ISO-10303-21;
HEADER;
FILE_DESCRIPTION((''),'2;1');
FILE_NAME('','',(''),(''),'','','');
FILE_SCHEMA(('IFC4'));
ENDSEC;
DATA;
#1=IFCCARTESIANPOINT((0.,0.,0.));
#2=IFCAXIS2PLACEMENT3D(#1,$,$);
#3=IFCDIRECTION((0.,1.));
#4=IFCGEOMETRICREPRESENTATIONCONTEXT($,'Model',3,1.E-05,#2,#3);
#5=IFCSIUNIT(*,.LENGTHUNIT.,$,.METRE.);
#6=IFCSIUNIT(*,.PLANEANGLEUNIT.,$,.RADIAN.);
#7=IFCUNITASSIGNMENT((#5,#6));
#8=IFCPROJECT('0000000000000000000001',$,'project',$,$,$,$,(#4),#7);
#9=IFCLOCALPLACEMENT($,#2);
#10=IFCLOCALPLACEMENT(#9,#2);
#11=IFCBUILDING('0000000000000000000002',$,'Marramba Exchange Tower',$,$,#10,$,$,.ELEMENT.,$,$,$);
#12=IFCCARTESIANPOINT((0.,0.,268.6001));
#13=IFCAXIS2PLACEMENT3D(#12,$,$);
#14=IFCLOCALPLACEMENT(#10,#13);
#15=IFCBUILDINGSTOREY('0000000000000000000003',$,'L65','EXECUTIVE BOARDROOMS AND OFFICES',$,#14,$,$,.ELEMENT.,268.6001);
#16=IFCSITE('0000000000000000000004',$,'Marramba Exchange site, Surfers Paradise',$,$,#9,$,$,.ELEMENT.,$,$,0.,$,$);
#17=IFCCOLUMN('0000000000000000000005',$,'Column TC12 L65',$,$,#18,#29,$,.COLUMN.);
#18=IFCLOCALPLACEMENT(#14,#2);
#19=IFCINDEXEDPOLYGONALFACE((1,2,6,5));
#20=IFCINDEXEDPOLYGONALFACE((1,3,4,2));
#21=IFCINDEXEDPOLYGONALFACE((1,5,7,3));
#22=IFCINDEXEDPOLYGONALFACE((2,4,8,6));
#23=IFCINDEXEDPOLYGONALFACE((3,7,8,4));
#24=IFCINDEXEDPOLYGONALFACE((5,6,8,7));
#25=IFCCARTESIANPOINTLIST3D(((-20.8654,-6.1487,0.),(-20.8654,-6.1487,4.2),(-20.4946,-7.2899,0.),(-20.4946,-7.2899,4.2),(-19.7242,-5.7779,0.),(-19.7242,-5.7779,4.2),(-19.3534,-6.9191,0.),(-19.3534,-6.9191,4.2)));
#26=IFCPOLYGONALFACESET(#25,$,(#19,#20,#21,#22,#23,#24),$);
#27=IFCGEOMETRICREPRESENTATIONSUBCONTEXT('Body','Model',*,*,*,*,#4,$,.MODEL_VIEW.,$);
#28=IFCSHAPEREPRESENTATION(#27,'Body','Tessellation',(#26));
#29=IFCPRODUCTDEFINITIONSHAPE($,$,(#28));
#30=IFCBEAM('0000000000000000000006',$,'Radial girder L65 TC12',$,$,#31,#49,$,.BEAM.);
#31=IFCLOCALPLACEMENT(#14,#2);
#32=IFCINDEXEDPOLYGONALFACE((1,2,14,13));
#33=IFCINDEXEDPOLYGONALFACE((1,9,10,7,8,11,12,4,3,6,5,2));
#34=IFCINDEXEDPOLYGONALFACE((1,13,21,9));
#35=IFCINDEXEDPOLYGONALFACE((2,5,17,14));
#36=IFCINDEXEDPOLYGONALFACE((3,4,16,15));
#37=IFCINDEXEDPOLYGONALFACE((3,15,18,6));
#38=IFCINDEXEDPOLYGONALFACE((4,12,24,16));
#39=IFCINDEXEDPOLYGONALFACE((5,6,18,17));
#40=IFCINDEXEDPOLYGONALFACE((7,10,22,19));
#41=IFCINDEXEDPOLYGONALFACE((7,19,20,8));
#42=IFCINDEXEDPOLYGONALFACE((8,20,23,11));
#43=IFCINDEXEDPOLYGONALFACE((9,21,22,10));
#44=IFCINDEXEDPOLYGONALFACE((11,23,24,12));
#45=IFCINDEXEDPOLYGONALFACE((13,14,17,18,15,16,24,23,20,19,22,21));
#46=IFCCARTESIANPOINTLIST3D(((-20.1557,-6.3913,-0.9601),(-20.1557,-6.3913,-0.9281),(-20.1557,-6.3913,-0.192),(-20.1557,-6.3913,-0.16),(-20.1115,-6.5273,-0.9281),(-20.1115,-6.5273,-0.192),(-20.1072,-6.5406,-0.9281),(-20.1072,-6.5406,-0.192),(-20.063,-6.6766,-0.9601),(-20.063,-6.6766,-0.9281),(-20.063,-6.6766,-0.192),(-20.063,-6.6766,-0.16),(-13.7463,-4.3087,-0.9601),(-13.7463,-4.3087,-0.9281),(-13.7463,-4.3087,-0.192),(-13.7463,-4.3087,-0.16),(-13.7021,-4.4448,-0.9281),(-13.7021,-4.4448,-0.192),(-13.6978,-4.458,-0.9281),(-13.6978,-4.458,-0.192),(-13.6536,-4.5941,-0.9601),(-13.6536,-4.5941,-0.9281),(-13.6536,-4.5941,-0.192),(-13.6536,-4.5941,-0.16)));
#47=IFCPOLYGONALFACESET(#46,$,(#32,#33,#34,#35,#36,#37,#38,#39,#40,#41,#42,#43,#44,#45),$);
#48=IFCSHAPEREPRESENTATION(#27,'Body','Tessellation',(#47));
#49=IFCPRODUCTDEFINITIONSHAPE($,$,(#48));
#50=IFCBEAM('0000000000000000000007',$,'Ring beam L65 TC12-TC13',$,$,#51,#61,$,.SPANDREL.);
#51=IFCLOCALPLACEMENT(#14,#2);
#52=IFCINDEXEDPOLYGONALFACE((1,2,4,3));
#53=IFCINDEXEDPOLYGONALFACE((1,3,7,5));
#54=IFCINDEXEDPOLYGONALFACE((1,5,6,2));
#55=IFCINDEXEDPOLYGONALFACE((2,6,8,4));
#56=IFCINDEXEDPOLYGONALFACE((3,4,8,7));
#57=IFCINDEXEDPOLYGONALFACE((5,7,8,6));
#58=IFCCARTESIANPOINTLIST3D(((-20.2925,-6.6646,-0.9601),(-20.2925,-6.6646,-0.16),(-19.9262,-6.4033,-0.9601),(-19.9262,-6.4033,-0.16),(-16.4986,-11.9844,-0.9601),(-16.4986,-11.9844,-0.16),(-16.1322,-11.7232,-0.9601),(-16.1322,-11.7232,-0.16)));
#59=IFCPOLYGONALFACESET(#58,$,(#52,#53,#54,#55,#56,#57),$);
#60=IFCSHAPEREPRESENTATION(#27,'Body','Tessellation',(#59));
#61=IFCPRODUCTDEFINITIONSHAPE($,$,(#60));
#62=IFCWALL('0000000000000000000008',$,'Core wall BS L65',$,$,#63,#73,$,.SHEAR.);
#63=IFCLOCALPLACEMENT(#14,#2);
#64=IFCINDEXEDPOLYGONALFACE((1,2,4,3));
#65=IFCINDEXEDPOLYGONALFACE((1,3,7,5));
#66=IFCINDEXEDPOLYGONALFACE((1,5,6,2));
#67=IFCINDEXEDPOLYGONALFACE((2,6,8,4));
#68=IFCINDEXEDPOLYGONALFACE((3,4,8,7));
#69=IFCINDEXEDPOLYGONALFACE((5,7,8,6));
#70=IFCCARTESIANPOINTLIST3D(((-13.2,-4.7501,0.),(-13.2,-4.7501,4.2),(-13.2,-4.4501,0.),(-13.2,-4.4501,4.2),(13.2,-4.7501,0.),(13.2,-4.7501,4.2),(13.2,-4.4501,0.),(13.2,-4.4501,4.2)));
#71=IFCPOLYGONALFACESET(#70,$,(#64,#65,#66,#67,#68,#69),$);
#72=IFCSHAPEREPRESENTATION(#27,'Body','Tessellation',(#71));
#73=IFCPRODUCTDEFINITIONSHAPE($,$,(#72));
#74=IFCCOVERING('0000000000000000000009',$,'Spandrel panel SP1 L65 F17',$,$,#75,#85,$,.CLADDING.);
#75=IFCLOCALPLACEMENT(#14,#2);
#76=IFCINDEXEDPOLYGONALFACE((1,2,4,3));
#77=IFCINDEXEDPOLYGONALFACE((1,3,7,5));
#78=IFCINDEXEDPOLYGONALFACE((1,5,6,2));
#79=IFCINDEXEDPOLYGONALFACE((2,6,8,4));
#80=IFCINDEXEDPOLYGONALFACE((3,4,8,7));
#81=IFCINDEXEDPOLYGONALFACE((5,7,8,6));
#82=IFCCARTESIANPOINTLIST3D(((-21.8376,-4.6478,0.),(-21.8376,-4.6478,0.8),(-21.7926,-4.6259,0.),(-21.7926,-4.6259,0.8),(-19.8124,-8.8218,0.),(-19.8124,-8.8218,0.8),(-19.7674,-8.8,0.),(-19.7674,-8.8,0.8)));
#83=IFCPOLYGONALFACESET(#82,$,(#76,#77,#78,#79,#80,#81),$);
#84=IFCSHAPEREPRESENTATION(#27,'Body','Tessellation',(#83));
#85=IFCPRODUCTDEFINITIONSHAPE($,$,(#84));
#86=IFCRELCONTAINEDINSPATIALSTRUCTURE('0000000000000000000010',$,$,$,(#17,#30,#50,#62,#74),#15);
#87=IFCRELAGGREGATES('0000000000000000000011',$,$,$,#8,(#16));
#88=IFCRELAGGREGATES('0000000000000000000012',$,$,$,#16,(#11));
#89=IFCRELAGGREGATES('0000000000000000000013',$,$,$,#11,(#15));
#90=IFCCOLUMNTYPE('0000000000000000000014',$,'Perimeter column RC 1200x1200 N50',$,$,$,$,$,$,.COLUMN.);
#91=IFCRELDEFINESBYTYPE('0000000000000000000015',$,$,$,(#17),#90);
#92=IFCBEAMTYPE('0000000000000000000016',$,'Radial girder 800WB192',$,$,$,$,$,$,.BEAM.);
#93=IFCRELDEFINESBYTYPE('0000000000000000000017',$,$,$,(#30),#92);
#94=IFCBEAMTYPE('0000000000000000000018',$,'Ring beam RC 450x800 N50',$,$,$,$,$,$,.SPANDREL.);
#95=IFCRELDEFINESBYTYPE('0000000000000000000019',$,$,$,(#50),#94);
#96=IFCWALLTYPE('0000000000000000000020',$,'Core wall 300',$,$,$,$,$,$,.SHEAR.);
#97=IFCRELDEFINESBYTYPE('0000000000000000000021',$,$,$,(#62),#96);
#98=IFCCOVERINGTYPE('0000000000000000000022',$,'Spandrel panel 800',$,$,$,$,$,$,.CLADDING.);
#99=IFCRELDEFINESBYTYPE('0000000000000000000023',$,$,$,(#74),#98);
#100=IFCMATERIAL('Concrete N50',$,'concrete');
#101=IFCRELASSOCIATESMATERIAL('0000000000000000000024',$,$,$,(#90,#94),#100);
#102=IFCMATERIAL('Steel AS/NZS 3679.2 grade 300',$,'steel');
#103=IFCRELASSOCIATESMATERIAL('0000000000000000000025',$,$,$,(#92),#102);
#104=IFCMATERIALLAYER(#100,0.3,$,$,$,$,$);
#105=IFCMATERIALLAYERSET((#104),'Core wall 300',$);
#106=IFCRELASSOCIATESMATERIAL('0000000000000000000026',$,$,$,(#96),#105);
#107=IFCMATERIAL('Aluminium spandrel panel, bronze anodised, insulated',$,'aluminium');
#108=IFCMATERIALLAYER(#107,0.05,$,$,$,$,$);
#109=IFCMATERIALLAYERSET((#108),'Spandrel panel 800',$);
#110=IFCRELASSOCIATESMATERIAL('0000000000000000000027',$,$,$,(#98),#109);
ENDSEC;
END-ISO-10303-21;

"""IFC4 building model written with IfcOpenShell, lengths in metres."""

from ifc_helpers import new_model, si_unit, direction, frame, frame_2d, origin, origin_2d, place, context, subcontext, project, spatial, rectangle, i_section, extrude, material, layer, layer_set, material_profile, profile_set, type_object, element, save


model = new_model("IFC4")

# Units and contexts
model_context = context("Model", 3, precision=1e-05, world=origin(), true_north=direction((0.0, 1.0)))
body_context = subcontext(model_context, "Body", "Model", "MODEL_VIEW")
ifc_project = project(units=[si_unit("LENGTHUNIT", "METRE"), si_unit("PLANEANGLEUNIT", "RADIAN")], contexts=[model_context])

# Site, building, storey
site_placement = place(None, origin())
site = spatial("IfcSite", under=ifc_project, at=site_placement, Name="Marramba Exchange site, Surfers Paradise", CompositionType="ELEMENT", RefElevation=0.0)
building_placement = place(site_placement, origin())
building = spatial("IfcBuilding", under=site, at=building_placement, Name="Marramba Exchange Tower", CompositionType="ELEMENT")
storey_placement = place(building_placement, frame((0.0, 0.0, 268.6001)))
storey = spatial("IfcBuildingStorey", under=building, at=storey_placement, Name="L65", Description="EXECUTIVE BOARDROOMS AND OFFICES", CompositionType="ELEMENT", Elevation=268.6001)

# Column
ifc_material_1 = material(Name="Concrete N50", Category="concrete")
ifc_material_profile_1 = material_profile(ifc_material_1, rectangle(XDim=1.2, YDim=1.2, at=origin_2d()), Name="RC 1200x1200")
ifc_profile_set_1 = profile_set([ifc_material_profile_1], Name="Concrete N50")
column_type = type_object("IfcColumnType", Name="Perimeter column RC 1200x1200 N50", PredefinedType="COLUMN", material=ifc_profile_set_1)
column_placement = place(storey_placement, frame((-20.1094, -6.5339, 0.0), z_axis=(0.0, 0.0, 1.0), x_axis=(-0.951057, -0.309017, 0.0)))
element("IfcColumn", 1, at=column_placement, inside=storey, type_object=column_type, Name="Column TC12 L65", PredefinedType="COLUMN", context=body_context, shape_type="SweptSolid", body=[
    extrude(rectangle(XDim=1.2, YDim=1.2, at=origin_2d()), origin(), (0.0, 0.0, 1.0), 4.2),
])

# Beams
ifc_material_2 = material(Name="Steel AS/NZS 3679.2 grade 300", Category="steel")
ifc_material_profile_2 = material_profile(ifc_material_2, i_section(OverallWidth=0.3, OverallDepth=0.8, WebThickness=0.0139, FlangeThickness=0.032, at=origin_2d()), Name="800WB192")
ifc_profile_set_2 = profile_set([ifc_material_profile_2], Name="Steel AS/NZS 3679.2 grade 300")
beam_type_1 = type_object("IfcBeamType", Name="Radial girder 800WB192", PredefinedType="BEAM", material=ifc_profile_set_2)
beam_1_placement = place(storey_placement, frame((-13.7, -4.4514, -0.5601), z_axis=(-0.951058, -0.309013, 0.0), x_axis=(0.309013, -0.951058, 0.0)))
element("IfcBeam", 2, at=beam_1_placement, inside=storey, type_object=beam_type_1, Name="Radial girder L65 TC12", PredefinedType="BEAM", context=body_context, shape_type="SweptSolid", body=[
    extrude(i_section(OverallWidth=0.3, OverallDepth=0.8, WebThickness=0.0139, FlangeThickness=0.032, at=origin_2d()), origin(), (0.0, 0.0, 1.0), 6.7393),
])
ifc_material_profile_3 = material_profile(ifc_material_1, rectangle(XDim=0.45, YDim=0.8, at=origin_2d()), Name="RC 450x800")
ifc_profile_set_3 = profile_set([ifc_material_profile_3], Name="Concrete N50")
beam_type_2 = type_object("IfcBeamType", Name="Ring beam RC 450x800 N50", PredefinedType="SPANDREL", material=ifc_profile_set_3)
beam_2_placement = place(storey_placement, frame((-20.1094, -6.5339, -0.5601), z_axis=(0.580637, -0.814162, 0.0), x_axis=(0.814162, 0.580637, 0.0)))
element("IfcBeam", 3, at=beam_2_placement, inside=storey, type_object=beam_type_2, Name="Ring beam L65 TC12-TC13", PredefinedType="SPANDREL", context=body_context, shape_type="SweptSolid", body=[
    extrude(rectangle(XDim=0.45, YDim=0.8, at=origin_2d()), origin(), (0.0, 0.0, 1.0), 6.5342),
])

# Wall
ifc_layer_1 = layer(ifc_material_1, 0.3)
ifc_layer_set_1 = layer_set([ifc_layer_1], Name="Core wall 300")
wall_type = type_object("IfcWallType", Name="Core wall 300", PredefinedType="SHEAR", material=ifc_layer_set_1)
wall_placement = place(storey_placement, frame((-13.2, -4.6001, 0.0), z_axis=(0.0, 0.0, 1.0), x_axis=(1.0, 0.0, 0.0)))
element("IfcWall", 4, at=wall_placement, inside=storey, type_object=wall_type, Name="Core wall BS L65", PredefinedType="SHEAR", context=body_context, shape_type="SweptSolid", body=[
    extrude(rectangle(XDim=26.3999, YDim=0.3, at=frame_2d((13.2, 0.0))), origin(), (0.0, 0.0, 1.0), 4.2),
])

# Covering
ifc_material_3 = material(Name="Aluminium spandrel panel, bronze anodised, insulated", Category="aluminium")
ifc_layer_2 = layer(ifc_material_3, 0.05)
ifc_layer_set_2 = layer_set([ifc_layer_2], Name="Spandrel panel 800")
covering_type = type_object("IfcCoveringType", Name="Spandrel panel 800", PredefinedType="CLADDING", material=ifc_layer_set_2)
covering_placement = place(storey_placement, frame((-20.8025, -6.7239, 0.0), z_axis=(0.0, 0.0, 1.0), x_axis=(0.436515, -0.899697, 0.0)))
element("IfcCovering", 5, at=covering_placement, inside=storey, type_object=covering_type, Name="Spandrel panel SP1 L65 F17", PredefinedType="CLADDING", context=body_context, shape_type="SweptSolid", body=[
    extrude(rectangle(XDim=4.6394, YDim=0.05, at=origin_2d()), origin(), (0.0, 0.0, 1.0), 0.8),
])

save(model, "model.ifc")
